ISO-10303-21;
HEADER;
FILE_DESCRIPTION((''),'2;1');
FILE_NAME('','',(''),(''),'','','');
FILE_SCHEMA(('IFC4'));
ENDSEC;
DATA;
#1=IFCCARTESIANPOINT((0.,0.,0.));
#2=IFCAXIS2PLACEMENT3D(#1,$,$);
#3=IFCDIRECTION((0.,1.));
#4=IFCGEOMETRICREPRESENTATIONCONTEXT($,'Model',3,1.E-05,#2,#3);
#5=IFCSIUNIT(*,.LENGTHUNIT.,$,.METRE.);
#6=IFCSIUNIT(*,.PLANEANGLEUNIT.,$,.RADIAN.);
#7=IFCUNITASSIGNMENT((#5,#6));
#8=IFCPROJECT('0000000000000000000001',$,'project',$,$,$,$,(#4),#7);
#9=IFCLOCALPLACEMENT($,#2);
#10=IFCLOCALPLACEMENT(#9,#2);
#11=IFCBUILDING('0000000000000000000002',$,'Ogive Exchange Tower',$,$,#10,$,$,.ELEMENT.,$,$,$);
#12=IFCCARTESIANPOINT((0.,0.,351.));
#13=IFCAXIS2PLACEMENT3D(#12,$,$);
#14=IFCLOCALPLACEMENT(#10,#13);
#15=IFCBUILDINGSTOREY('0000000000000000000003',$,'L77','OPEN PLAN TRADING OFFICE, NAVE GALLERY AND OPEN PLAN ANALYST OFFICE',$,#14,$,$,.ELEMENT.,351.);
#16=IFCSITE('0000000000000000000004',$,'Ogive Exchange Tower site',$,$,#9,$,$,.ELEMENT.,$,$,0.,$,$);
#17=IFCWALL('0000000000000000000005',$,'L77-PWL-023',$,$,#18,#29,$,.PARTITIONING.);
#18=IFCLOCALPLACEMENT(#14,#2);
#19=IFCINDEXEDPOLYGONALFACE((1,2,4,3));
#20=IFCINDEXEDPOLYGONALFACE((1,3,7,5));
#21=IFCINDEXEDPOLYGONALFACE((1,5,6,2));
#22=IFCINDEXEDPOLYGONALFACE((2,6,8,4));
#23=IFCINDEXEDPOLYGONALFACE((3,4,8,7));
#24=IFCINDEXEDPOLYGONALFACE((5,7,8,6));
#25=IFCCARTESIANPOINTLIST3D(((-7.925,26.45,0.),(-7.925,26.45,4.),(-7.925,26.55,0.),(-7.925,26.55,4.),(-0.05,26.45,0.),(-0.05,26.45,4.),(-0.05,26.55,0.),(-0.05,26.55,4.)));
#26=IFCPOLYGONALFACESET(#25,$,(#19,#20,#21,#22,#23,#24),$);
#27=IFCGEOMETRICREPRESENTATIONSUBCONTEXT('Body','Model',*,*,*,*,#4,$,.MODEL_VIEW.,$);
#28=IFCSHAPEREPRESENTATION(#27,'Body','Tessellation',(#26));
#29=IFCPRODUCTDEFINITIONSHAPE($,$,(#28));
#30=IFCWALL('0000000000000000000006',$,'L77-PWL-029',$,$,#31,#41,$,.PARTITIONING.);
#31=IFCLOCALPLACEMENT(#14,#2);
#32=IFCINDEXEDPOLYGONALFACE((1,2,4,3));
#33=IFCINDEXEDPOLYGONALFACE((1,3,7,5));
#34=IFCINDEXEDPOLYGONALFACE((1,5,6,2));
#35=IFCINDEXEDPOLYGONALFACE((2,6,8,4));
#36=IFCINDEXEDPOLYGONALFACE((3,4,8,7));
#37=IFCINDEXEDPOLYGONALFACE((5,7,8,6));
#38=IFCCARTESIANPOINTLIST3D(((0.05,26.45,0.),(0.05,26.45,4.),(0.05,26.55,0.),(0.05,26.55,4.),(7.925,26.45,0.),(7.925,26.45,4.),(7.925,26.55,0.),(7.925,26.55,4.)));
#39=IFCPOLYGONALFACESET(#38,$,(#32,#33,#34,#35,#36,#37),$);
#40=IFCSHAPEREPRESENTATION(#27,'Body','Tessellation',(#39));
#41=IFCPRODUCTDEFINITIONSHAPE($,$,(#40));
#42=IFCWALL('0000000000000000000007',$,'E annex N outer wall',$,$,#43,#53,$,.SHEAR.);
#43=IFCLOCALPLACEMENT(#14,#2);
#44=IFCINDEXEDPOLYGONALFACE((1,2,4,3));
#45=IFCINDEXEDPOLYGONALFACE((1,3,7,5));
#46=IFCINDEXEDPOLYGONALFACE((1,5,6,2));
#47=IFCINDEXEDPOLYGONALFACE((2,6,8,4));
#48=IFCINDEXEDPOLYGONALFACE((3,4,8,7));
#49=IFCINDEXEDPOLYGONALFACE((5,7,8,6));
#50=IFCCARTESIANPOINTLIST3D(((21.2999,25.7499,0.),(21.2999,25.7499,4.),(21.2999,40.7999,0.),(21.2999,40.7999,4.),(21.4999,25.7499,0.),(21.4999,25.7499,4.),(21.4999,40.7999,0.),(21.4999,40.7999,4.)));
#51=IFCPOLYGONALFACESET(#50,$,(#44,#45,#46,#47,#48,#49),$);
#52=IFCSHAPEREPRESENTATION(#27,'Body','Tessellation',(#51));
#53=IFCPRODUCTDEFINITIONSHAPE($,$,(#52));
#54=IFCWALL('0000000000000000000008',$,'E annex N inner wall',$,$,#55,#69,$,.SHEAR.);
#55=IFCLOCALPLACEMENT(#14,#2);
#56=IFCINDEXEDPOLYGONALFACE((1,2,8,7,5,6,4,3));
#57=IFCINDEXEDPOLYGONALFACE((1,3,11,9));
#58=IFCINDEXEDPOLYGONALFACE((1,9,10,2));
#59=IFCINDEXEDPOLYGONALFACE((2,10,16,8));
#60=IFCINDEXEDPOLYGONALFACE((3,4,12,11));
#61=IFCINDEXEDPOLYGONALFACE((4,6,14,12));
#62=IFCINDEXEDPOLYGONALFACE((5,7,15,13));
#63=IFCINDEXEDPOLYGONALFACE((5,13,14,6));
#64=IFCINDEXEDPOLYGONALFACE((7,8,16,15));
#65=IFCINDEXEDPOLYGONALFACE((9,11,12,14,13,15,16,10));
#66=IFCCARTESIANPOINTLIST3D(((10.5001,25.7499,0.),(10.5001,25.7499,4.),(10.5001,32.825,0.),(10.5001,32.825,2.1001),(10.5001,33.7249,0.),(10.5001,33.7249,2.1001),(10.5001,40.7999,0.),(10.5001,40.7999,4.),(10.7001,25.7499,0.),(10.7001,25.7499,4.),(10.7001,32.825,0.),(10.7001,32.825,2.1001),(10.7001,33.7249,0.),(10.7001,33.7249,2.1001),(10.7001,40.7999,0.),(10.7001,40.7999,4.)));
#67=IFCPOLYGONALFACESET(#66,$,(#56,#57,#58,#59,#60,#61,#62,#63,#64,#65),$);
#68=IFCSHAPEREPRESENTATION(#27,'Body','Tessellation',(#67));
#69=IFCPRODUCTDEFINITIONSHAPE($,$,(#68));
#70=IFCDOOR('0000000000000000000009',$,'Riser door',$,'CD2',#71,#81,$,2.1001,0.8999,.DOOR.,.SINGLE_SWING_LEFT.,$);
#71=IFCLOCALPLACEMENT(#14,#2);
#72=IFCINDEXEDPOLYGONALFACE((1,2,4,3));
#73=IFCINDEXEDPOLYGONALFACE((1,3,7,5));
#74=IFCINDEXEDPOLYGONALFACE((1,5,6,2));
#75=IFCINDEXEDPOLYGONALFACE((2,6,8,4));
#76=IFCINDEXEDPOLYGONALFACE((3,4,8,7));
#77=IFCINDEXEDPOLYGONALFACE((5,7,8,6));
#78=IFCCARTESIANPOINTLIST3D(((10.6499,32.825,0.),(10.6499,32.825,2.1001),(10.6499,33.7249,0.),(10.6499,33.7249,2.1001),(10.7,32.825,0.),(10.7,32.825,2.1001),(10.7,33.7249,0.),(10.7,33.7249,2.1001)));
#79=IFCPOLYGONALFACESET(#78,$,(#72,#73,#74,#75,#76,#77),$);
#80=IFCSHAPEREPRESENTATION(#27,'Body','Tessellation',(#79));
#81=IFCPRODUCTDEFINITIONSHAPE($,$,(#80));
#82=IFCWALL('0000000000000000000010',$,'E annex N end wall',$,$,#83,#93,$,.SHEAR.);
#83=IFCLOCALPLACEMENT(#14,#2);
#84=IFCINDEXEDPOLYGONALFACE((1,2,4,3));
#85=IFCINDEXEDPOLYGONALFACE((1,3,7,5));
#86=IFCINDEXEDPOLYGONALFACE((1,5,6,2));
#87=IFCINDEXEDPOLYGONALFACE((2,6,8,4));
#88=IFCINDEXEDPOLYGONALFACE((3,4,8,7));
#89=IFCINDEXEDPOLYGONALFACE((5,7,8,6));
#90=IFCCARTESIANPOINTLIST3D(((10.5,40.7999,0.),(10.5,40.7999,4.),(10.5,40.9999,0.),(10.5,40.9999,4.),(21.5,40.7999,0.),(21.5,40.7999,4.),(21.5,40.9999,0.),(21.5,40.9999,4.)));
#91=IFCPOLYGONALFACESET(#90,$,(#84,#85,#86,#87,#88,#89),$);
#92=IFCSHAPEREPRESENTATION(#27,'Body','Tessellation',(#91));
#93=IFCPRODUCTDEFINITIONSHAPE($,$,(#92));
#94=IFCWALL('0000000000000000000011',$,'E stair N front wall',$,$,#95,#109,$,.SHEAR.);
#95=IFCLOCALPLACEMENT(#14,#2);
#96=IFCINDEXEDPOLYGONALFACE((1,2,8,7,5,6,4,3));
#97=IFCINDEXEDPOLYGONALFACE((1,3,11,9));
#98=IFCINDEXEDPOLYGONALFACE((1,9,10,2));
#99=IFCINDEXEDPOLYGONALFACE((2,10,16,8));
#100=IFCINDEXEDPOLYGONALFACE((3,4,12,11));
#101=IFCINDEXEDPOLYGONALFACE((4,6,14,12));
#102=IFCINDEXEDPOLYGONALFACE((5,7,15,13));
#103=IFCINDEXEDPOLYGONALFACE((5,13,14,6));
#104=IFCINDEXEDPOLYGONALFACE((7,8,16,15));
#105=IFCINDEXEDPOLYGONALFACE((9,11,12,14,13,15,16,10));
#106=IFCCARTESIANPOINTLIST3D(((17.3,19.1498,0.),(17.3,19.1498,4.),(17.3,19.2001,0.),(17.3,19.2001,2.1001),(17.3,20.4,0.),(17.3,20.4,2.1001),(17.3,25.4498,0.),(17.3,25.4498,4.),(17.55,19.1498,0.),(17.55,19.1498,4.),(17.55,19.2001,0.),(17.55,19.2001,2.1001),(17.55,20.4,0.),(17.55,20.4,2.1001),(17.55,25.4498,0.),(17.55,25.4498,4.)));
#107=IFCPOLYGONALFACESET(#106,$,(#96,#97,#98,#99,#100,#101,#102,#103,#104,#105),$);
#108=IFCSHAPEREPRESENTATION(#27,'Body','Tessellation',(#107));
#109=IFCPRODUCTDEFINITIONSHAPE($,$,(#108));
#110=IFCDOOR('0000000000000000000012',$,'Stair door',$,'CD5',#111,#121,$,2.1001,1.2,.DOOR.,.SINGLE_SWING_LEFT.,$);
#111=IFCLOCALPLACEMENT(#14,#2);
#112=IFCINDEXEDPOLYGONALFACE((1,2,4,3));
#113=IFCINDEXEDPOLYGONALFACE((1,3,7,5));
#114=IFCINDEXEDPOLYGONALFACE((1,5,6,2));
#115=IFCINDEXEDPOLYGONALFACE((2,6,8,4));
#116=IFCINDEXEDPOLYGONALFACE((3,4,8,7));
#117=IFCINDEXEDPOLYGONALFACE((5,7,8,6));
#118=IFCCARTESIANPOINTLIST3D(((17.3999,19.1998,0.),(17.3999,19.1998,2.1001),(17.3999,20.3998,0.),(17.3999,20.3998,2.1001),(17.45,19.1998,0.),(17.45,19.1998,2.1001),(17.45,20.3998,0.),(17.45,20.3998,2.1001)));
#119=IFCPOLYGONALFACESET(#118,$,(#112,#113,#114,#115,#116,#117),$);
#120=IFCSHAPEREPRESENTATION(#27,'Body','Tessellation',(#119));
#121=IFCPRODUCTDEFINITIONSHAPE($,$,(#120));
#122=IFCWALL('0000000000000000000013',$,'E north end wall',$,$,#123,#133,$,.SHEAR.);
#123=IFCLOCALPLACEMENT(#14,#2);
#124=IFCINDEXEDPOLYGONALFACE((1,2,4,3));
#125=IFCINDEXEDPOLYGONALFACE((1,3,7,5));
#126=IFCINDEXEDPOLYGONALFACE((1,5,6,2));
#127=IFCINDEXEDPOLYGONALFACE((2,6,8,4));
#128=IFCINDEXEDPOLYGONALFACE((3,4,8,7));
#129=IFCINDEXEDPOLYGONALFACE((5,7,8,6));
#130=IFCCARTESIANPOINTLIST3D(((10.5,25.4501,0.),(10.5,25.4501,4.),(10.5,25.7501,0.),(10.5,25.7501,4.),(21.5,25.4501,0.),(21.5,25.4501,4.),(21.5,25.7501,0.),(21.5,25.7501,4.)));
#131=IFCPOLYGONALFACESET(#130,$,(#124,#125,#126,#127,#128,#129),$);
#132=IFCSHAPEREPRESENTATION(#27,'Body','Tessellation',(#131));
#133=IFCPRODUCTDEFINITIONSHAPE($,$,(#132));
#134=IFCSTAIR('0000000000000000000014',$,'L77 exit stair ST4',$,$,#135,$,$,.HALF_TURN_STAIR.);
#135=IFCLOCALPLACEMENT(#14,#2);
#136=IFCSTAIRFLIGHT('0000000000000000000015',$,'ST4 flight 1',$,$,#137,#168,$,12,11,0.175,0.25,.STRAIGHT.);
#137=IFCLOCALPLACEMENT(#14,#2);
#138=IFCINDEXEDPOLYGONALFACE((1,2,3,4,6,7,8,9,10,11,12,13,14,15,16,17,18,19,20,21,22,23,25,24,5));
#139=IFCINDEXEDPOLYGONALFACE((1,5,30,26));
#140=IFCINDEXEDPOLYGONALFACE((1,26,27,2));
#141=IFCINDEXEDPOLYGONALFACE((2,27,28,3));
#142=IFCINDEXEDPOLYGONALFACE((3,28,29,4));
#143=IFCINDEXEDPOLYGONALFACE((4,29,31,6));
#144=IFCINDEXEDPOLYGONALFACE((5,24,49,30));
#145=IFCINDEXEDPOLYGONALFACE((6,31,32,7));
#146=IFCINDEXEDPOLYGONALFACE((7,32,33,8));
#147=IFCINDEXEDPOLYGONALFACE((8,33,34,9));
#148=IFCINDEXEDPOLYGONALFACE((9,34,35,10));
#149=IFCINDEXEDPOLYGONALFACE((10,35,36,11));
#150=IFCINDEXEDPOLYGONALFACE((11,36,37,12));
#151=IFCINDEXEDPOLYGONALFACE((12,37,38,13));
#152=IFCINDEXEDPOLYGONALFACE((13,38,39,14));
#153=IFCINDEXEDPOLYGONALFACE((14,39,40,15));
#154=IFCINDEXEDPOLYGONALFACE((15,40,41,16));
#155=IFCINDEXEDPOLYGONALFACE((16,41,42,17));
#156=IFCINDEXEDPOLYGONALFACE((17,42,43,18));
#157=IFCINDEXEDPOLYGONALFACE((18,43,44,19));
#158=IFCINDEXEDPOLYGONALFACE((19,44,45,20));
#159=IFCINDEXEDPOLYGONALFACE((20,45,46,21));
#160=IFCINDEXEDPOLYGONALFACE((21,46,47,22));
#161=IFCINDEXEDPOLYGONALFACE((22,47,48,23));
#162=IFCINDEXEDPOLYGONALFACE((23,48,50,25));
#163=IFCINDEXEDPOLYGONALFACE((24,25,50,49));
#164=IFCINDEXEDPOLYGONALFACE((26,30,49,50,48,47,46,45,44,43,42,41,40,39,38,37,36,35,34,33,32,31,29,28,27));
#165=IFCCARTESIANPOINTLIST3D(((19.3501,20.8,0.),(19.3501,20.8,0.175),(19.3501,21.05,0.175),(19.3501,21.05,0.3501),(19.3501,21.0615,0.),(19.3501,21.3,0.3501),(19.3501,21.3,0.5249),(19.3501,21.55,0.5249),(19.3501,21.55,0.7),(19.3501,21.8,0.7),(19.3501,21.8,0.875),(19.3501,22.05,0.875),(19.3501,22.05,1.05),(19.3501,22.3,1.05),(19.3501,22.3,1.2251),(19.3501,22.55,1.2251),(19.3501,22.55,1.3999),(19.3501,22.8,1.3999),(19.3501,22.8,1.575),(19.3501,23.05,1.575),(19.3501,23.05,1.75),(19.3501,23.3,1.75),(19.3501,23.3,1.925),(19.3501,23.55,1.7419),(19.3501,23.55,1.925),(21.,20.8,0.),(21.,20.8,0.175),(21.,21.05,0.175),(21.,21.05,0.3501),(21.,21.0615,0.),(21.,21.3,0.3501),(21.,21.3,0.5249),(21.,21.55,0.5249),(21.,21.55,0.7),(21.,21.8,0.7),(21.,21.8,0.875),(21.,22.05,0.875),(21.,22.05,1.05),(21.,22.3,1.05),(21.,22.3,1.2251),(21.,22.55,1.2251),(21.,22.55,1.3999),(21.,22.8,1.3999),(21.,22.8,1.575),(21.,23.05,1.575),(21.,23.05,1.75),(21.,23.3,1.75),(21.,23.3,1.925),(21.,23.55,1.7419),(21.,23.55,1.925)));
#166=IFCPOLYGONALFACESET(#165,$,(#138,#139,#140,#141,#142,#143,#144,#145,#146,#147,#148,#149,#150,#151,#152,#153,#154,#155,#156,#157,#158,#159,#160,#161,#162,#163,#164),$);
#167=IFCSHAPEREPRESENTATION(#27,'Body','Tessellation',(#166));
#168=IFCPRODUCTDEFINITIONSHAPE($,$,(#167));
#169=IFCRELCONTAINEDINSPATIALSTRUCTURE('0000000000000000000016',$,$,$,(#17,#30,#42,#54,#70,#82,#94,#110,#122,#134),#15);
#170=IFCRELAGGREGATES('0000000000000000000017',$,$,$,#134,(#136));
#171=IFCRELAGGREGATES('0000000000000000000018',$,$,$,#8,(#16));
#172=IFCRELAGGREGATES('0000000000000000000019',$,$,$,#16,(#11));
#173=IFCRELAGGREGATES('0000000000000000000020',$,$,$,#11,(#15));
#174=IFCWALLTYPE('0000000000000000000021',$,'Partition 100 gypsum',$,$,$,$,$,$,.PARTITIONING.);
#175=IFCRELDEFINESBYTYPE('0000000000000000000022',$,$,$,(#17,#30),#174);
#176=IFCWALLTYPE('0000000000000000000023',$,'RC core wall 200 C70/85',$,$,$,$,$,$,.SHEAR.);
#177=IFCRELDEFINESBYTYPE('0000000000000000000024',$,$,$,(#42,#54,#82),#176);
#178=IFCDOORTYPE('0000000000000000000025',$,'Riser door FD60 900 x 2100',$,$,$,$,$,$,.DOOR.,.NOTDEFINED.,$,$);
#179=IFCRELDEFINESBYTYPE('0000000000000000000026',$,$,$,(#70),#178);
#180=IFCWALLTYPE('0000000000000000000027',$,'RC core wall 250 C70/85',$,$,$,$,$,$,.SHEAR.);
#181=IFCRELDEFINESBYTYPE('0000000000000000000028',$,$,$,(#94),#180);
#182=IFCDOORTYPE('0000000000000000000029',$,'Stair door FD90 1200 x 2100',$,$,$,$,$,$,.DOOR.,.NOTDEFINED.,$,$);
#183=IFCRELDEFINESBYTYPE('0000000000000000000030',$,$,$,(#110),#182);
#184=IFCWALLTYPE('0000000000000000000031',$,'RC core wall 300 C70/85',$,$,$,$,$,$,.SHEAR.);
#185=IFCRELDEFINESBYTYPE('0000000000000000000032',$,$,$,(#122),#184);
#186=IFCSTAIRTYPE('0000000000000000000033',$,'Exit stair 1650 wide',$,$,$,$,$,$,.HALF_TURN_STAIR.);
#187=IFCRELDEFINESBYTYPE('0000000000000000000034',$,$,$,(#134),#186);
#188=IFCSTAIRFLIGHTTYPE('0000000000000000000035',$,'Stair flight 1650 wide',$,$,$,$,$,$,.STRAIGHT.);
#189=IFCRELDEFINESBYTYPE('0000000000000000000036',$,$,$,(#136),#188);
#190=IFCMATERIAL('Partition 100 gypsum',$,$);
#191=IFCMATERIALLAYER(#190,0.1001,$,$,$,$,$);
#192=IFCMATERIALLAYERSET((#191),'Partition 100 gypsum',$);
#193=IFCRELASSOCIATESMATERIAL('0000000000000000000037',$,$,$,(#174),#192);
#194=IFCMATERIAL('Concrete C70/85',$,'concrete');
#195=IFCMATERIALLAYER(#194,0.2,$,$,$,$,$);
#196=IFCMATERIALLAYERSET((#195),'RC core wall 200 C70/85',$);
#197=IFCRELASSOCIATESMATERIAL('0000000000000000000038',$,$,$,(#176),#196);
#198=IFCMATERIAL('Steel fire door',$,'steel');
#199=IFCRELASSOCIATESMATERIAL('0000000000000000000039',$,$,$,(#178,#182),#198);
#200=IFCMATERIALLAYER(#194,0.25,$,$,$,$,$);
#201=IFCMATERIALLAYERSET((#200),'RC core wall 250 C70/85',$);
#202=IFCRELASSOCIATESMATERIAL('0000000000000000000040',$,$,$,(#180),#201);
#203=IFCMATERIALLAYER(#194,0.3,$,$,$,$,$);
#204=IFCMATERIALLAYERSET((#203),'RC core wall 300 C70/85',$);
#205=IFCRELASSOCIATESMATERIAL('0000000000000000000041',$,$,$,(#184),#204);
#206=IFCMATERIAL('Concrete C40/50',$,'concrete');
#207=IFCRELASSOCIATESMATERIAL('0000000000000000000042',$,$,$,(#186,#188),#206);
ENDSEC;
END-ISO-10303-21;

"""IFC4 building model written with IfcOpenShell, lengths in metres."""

from ifc_helpers import new_model, si_unit, direction, frame, frame_2d, origin, place, context, subcontext, project, spatial, polyline, rectangle, outline, extrude, material, layer, layer_set, type_object, element, fill, aggregate, save


model = new_model("IFC4")

# Units and contexts
model_context = context("Model", 3, precision=1e-05, world=origin(), true_north=direction((0.0, 1.0)))
body_context = subcontext(model_context, "Body", "Model", "MODEL_VIEW")
ifc_project = project(units=[si_unit("LENGTHUNIT", "METRE"), si_unit("PLANEANGLEUNIT", "RADIAN")], contexts=[model_context])

# Site, building, storey
site_placement = place(None, origin())
site = spatial("IfcSite", under=ifc_project, at=site_placement, Name="Ogive Exchange Tower site", CompositionType="ELEMENT", RefElevation=0.0)
building_placement = place(site_placement, origin())
building = spatial("IfcBuilding", under=site, at=building_placement, Name="Ogive Exchange Tower", CompositionType="ELEMENT")
storey_placement = place(building_placement, frame((0.0, 0.0, 351.0)))
storey = spatial("IfcBuildingStorey", under=building, at=storey_placement, Name="L77", Description="OPEN PLAN TRADING OFFICE, NAVE GALLERY AND OPEN PLAN ANALYST OFFICE", CompositionType="ELEMENT", Elevation=351.0)

# Walls
ifc_material_1 = material(Name="Partition 100 gypsum")
ifc_layer_1 = layer(ifc_material_1, 0.1001)
ifc_layer_set_1 = layer_set([ifc_layer_1], Name="Partition 100 gypsum")
wall_type_1 = type_object("IfcWallType", Name="Partition 100 gypsum", PredefinedType="PARTITIONING", material=ifc_layer_set_1)
for number, where, z_axis, x_axis, name in (
    (1, (-0.05, 26.5, 0.0), (0.0, 0.0, 1.0), (-1.0, 0.0, 0.0), "L77-PWL-023"),
    (2, (7.925, 26.5, 0.0), (0.0, 0.0, 1.0), (-1.0, 0.0, 0.0), "L77-PWL-029"),
):
    element("IfcWall", number, at=place(storey_placement, frame(where, z_axis=z_axis, x_axis=x_axis)), inside=storey, type_object=wall_type_1, Name=name, PredefinedType="PARTITIONING", context=body_context, shape_type="SweptSolid", body=[
        extrude(rectangle(XDim=7.875, YDim=0.1001, at=frame_2d((3.9375, 0.0))), origin(), (0.0, 0.0, 1.0), 4.0),
    ])
ifc_material_2 = material(Name="Concrete C70/85", Category="concrete")
ifc_layer_2 = layer(ifc_material_2, 0.2)
ifc_layer_set_2 = layer_set([ifc_layer_2], Name="RC core wall 200 C70/85")
wall_type_2 = type_object("IfcWallType", Name="RC core wall 200 C70/85", PredefinedType="SHEAR", material=ifc_layer_set_2)
wall_1_placement = place(storey_placement, frame((21.3999, 25.75, 0.0), z_axis=(0.0, 0.0, 1.0), x_axis=(0.0, 1.0, 0.0)))
element("IfcWall", 3, at=wall_1_placement, inside=storey, type_object=wall_type_2, Name="E annex N outer wall", PredefinedType="SHEAR", context=body_context, shape_type="SweptSolid", body=[
    extrude(rectangle(XDim=15.05, YDim=0.2, at=frame_2d((7.5249, 0.0))), origin(), (0.0, 0.0, 1.0), 4.0),
])

# Wall, opening, door
wall_2_placement = place(storey_placement, frame((10.6001, 25.75, 0.0), z_axis=(0.0, 0.0, 1.0), x_axis=(0.0, 1.0, 0.0)))
wall_2 = element("IfcWall", 4, at=wall_2_placement, inside=storey, type_object=wall_type_2, Name="E annex N inner wall", PredefinedType="SHEAR", context=body_context, shape_type="SweptSolid", body=[
    extrude(rectangle(XDim=15.05, YDim=0.2, at=frame_2d((7.5249, 0.0))), origin(), (0.0, 0.0, 1.0), 4.0),
])
opening_1_placement = place(wall_2_placement, frame((7.075, 0.0, 0.0)))
opening_1 = element("IfcOpeningElement", 5, at=opening_1_placement, cuts=wall_2, PredefinedType="OPENING", context=body_context, shape_type="SweptSolid", body=[
    extrude(rectangle(XDim=0.8999, YDim=2.1001, at=frame_2d((0.45, 1.05))), frame((0.0, 0.1099, 0.0), z_axis=(0.0, -1.0, 0.0), x_axis=(1.0, 0.0, 0.0)), (0.0, 0.0, 1.0), 0.22),
])
ifc_material_3 = material(Name="Steel fire door", Category="steel")
door_type_1 = type_object("IfcDoorType", Name="Riser door FD60 900 x 2100", OperationType="NOTDEFINED", PredefinedType="DOOR", material=ifc_material_3)
door_1_placement = place(opening_1_placement, origin())
door_1 = element("IfcDoor", 6, at=door_1_placement, inside=storey, type_object=door_type_1, Name="Riser door", ObjectType="CD2", OperationType="SINGLE_SWING_LEFT", OverallHeight=2.1001, OverallWidth=0.8999, PredefinedType="DOOR", context=body_context, shape_type="SweptSolid", body=[
    extrude(rectangle(XDim=0.8999, YDim=2.1001, at=frame_2d((0.45, 1.05))), frame((0.0, -0.0498, 0.0), z_axis=(0.0, -1.0, 0.0), x_axis=(1.0, 0.0, 0.0)), (0.0, 0.0, 1.0), 0.05),
])
fill(opening_1, door_1)

# Wall
wall_3_placement = place(storey_placement, frame((10.5, 40.8999, 0.0), z_axis=(0.0, 0.0, 1.0), x_axis=(1.0, 0.0, 0.0)))
element("IfcWall", 7, at=wall_3_placement, inside=storey, type_object=wall_type_2, Name="E annex N end wall", PredefinedType="SHEAR", context=body_context, shape_type="SweptSolid", body=[
    extrude(rectangle(XDim=11.0, YDim=0.2, at=frame_2d((5.5, 0.0))), origin(), (0.0, 0.0, 1.0), 4.0),
])

# Wall, opening, door
ifc_layer_3 = layer(ifc_material_2, 0.25)
ifc_layer_set_3 = layer_set([ifc_layer_3], Name="RC core wall 250 C70/85")
wall_type_3 = type_object("IfcWallType", Name="RC core wall 250 C70/85", PredefinedType="SHEAR", material=ifc_layer_set_3)
wall_4_placement = place(storey_placement, frame((17.425, 19.1499, 0.0), z_axis=(0.0, 0.0, 1.0), x_axis=(0.0, 1.0, 0.0)))
wall_4 = element("IfcWall", 8, at=wall_4_placement, inside=storey, type_object=wall_type_3, Name="E stair N front wall", PredefinedType="SHEAR", context=body_context, shape_type="SweptSolid", body=[
    extrude(rectangle(XDim=6.3, YDim=0.25, at=frame_2d((3.1499, 0.0))), origin(), (0.0, 0.0, 1.0), 4.0),
])
opening_2_placement = place(wall_4_placement, frame((0.05, 0.0, 0.0)))
opening_2 = element("IfcOpeningElement", 9, at=opening_2_placement, cuts=wall_4, PredefinedType="OPENING", context=body_context, shape_type="SweptSolid", body=[
    extrude(rectangle(XDim=1.2, YDim=2.1001, at=frame_2d((0.6001, 1.05))), frame((0.0, 0.135, 0.0), z_axis=(0.0, -1.0, 0.0), x_axis=(1.0, 0.0, 0.0)), (0.0, 0.0, 1.0), 0.27),
])
door_type_2 = type_object("IfcDoorType", Name="Stair door FD90 1200 x 2100", OperationType="NOTDEFINED", PredefinedType="DOOR", material=ifc_material_3)
door_2_placement = place(opening_2_placement, frame((1.2, 0.0, 0.0), z_axis=(0.0, 0.0, 1.0), x_axis=(-1.0, 0.0, 0.0)))
door_2 = element("IfcDoor", 10, at=door_2_placement, inside=storey, type_object=door_type_2, Name="Stair door", ObjectType="CD5", OperationType="SINGLE_SWING_LEFT", OverallHeight=2.1001, OverallWidth=1.2, PredefinedType="DOOR", context=body_context, shape_type="SweptSolid", body=[
    extrude(rectangle(XDim=1.2, YDim=2.1001, at=frame_2d((0.6001, 1.05))), frame((0.0, 0.0249, 0.0), z_axis=(0.0, -1.0, 0.0), x_axis=(1.0, 0.0, 0.0)), (0.0, 0.0, 1.0), 0.05),
])
fill(opening_2, door_2)

# Wall
ifc_layer_4 = layer(ifc_material_2, 0.3)
ifc_layer_set_4 = layer_set([ifc_layer_4], Name="RC core wall 300 C70/85")
wall_type_4 = type_object("IfcWallType", Name="RC core wall 300 C70/85", PredefinedType="SHEAR", material=ifc_layer_set_4)
wall_5_placement = place(storey_placement, frame((10.5, 25.6001, 0.0), z_axis=(0.0, 0.0, 1.0), x_axis=(1.0, 0.0, 0.0)))
element("IfcWall", 11, at=wall_5_placement, inside=storey, type_object=wall_type_4, Name="E north end wall", PredefinedType="SHEAR", context=body_context, shape_type="SweptSolid", body=[
    extrude(rectangle(XDim=11.0, YDim=0.3, at=frame_2d((5.5, 0.0))), origin(), (0.0, 0.0, 1.0), 4.0),
])

# Stair, stair flight
ifc_material_4 = material(Name="Concrete C40/50", Category="concrete")
stair_type = type_object("IfcStairType", Name="Exit stair 1650 wide", PredefinedType="HALF_TURN_STAIR", material=ifc_material_4)
stair_placement = place(storey_placement, origin())
stair = element("IfcStair", 12, at=stair_placement, inside=storey, type_object=stair_type, Name="L77 exit stair ST4", PredefinedType="HALF_TURN_STAIR")
stair_flight_type = type_object("IfcStairFlightType", Name="Stair flight 1650 wide", PredefinedType="STRAIGHT", material=ifc_material_4)
stair_flight_1_placement = place(storey_placement, frame((20.175, 20.8, 0.0), z_axis=(0.0, 0.0, 1.0), x_axis=(0.0, 1.0, 0.0)))
stair_flight_1 = element("IfcStairFlight", 13, at=stair_flight_1_placement, type_object=stair_flight_type, Name="ST4 flight 1", NumberOfRisers=12, NumberOfTreads=11, PredefinedType="STRAIGHT", RiserHeight=0.175, TreadLength=0.25, context=body_context, shape_type="SweptSolid", body=[
    extrude(outline(polyline([(0.0, 0.0), (0.0, 0.175), (0.25, 0.175), (0.25, 0.3501), (0.5, 0.3501), (0.5, 0.5249), (0.75, 0.5249), (0.75, 0.7), (1.0, 0.7), (1.0, 0.875), (1.25, 0.875), (1.25, 1.05), (1.5, 1.05), (1.5, 1.2251), (1.75, 1.2251), (1.75, 1.3999), (2.0, 1.3999), (2.0, 1.575), (2.25, 1.575), (2.25, 1.75), (2.5, 1.75), (2.5, 1.925), (2.75, 1.925), (2.75, 2.1001), (2.75, 1.7419), (0.2615, 0.0), (0.0, 0.0)])), frame((0.0, 0.825, 0.0), z_axis=(0.0, -1.0, 0.0), x_axis=(1.0, 0.0, 0.0)), (0.0, 0.0, 1.0), 1.6499),
])
aggregate(stair, [stair_flight_1])

save(model, "model.ifc")
